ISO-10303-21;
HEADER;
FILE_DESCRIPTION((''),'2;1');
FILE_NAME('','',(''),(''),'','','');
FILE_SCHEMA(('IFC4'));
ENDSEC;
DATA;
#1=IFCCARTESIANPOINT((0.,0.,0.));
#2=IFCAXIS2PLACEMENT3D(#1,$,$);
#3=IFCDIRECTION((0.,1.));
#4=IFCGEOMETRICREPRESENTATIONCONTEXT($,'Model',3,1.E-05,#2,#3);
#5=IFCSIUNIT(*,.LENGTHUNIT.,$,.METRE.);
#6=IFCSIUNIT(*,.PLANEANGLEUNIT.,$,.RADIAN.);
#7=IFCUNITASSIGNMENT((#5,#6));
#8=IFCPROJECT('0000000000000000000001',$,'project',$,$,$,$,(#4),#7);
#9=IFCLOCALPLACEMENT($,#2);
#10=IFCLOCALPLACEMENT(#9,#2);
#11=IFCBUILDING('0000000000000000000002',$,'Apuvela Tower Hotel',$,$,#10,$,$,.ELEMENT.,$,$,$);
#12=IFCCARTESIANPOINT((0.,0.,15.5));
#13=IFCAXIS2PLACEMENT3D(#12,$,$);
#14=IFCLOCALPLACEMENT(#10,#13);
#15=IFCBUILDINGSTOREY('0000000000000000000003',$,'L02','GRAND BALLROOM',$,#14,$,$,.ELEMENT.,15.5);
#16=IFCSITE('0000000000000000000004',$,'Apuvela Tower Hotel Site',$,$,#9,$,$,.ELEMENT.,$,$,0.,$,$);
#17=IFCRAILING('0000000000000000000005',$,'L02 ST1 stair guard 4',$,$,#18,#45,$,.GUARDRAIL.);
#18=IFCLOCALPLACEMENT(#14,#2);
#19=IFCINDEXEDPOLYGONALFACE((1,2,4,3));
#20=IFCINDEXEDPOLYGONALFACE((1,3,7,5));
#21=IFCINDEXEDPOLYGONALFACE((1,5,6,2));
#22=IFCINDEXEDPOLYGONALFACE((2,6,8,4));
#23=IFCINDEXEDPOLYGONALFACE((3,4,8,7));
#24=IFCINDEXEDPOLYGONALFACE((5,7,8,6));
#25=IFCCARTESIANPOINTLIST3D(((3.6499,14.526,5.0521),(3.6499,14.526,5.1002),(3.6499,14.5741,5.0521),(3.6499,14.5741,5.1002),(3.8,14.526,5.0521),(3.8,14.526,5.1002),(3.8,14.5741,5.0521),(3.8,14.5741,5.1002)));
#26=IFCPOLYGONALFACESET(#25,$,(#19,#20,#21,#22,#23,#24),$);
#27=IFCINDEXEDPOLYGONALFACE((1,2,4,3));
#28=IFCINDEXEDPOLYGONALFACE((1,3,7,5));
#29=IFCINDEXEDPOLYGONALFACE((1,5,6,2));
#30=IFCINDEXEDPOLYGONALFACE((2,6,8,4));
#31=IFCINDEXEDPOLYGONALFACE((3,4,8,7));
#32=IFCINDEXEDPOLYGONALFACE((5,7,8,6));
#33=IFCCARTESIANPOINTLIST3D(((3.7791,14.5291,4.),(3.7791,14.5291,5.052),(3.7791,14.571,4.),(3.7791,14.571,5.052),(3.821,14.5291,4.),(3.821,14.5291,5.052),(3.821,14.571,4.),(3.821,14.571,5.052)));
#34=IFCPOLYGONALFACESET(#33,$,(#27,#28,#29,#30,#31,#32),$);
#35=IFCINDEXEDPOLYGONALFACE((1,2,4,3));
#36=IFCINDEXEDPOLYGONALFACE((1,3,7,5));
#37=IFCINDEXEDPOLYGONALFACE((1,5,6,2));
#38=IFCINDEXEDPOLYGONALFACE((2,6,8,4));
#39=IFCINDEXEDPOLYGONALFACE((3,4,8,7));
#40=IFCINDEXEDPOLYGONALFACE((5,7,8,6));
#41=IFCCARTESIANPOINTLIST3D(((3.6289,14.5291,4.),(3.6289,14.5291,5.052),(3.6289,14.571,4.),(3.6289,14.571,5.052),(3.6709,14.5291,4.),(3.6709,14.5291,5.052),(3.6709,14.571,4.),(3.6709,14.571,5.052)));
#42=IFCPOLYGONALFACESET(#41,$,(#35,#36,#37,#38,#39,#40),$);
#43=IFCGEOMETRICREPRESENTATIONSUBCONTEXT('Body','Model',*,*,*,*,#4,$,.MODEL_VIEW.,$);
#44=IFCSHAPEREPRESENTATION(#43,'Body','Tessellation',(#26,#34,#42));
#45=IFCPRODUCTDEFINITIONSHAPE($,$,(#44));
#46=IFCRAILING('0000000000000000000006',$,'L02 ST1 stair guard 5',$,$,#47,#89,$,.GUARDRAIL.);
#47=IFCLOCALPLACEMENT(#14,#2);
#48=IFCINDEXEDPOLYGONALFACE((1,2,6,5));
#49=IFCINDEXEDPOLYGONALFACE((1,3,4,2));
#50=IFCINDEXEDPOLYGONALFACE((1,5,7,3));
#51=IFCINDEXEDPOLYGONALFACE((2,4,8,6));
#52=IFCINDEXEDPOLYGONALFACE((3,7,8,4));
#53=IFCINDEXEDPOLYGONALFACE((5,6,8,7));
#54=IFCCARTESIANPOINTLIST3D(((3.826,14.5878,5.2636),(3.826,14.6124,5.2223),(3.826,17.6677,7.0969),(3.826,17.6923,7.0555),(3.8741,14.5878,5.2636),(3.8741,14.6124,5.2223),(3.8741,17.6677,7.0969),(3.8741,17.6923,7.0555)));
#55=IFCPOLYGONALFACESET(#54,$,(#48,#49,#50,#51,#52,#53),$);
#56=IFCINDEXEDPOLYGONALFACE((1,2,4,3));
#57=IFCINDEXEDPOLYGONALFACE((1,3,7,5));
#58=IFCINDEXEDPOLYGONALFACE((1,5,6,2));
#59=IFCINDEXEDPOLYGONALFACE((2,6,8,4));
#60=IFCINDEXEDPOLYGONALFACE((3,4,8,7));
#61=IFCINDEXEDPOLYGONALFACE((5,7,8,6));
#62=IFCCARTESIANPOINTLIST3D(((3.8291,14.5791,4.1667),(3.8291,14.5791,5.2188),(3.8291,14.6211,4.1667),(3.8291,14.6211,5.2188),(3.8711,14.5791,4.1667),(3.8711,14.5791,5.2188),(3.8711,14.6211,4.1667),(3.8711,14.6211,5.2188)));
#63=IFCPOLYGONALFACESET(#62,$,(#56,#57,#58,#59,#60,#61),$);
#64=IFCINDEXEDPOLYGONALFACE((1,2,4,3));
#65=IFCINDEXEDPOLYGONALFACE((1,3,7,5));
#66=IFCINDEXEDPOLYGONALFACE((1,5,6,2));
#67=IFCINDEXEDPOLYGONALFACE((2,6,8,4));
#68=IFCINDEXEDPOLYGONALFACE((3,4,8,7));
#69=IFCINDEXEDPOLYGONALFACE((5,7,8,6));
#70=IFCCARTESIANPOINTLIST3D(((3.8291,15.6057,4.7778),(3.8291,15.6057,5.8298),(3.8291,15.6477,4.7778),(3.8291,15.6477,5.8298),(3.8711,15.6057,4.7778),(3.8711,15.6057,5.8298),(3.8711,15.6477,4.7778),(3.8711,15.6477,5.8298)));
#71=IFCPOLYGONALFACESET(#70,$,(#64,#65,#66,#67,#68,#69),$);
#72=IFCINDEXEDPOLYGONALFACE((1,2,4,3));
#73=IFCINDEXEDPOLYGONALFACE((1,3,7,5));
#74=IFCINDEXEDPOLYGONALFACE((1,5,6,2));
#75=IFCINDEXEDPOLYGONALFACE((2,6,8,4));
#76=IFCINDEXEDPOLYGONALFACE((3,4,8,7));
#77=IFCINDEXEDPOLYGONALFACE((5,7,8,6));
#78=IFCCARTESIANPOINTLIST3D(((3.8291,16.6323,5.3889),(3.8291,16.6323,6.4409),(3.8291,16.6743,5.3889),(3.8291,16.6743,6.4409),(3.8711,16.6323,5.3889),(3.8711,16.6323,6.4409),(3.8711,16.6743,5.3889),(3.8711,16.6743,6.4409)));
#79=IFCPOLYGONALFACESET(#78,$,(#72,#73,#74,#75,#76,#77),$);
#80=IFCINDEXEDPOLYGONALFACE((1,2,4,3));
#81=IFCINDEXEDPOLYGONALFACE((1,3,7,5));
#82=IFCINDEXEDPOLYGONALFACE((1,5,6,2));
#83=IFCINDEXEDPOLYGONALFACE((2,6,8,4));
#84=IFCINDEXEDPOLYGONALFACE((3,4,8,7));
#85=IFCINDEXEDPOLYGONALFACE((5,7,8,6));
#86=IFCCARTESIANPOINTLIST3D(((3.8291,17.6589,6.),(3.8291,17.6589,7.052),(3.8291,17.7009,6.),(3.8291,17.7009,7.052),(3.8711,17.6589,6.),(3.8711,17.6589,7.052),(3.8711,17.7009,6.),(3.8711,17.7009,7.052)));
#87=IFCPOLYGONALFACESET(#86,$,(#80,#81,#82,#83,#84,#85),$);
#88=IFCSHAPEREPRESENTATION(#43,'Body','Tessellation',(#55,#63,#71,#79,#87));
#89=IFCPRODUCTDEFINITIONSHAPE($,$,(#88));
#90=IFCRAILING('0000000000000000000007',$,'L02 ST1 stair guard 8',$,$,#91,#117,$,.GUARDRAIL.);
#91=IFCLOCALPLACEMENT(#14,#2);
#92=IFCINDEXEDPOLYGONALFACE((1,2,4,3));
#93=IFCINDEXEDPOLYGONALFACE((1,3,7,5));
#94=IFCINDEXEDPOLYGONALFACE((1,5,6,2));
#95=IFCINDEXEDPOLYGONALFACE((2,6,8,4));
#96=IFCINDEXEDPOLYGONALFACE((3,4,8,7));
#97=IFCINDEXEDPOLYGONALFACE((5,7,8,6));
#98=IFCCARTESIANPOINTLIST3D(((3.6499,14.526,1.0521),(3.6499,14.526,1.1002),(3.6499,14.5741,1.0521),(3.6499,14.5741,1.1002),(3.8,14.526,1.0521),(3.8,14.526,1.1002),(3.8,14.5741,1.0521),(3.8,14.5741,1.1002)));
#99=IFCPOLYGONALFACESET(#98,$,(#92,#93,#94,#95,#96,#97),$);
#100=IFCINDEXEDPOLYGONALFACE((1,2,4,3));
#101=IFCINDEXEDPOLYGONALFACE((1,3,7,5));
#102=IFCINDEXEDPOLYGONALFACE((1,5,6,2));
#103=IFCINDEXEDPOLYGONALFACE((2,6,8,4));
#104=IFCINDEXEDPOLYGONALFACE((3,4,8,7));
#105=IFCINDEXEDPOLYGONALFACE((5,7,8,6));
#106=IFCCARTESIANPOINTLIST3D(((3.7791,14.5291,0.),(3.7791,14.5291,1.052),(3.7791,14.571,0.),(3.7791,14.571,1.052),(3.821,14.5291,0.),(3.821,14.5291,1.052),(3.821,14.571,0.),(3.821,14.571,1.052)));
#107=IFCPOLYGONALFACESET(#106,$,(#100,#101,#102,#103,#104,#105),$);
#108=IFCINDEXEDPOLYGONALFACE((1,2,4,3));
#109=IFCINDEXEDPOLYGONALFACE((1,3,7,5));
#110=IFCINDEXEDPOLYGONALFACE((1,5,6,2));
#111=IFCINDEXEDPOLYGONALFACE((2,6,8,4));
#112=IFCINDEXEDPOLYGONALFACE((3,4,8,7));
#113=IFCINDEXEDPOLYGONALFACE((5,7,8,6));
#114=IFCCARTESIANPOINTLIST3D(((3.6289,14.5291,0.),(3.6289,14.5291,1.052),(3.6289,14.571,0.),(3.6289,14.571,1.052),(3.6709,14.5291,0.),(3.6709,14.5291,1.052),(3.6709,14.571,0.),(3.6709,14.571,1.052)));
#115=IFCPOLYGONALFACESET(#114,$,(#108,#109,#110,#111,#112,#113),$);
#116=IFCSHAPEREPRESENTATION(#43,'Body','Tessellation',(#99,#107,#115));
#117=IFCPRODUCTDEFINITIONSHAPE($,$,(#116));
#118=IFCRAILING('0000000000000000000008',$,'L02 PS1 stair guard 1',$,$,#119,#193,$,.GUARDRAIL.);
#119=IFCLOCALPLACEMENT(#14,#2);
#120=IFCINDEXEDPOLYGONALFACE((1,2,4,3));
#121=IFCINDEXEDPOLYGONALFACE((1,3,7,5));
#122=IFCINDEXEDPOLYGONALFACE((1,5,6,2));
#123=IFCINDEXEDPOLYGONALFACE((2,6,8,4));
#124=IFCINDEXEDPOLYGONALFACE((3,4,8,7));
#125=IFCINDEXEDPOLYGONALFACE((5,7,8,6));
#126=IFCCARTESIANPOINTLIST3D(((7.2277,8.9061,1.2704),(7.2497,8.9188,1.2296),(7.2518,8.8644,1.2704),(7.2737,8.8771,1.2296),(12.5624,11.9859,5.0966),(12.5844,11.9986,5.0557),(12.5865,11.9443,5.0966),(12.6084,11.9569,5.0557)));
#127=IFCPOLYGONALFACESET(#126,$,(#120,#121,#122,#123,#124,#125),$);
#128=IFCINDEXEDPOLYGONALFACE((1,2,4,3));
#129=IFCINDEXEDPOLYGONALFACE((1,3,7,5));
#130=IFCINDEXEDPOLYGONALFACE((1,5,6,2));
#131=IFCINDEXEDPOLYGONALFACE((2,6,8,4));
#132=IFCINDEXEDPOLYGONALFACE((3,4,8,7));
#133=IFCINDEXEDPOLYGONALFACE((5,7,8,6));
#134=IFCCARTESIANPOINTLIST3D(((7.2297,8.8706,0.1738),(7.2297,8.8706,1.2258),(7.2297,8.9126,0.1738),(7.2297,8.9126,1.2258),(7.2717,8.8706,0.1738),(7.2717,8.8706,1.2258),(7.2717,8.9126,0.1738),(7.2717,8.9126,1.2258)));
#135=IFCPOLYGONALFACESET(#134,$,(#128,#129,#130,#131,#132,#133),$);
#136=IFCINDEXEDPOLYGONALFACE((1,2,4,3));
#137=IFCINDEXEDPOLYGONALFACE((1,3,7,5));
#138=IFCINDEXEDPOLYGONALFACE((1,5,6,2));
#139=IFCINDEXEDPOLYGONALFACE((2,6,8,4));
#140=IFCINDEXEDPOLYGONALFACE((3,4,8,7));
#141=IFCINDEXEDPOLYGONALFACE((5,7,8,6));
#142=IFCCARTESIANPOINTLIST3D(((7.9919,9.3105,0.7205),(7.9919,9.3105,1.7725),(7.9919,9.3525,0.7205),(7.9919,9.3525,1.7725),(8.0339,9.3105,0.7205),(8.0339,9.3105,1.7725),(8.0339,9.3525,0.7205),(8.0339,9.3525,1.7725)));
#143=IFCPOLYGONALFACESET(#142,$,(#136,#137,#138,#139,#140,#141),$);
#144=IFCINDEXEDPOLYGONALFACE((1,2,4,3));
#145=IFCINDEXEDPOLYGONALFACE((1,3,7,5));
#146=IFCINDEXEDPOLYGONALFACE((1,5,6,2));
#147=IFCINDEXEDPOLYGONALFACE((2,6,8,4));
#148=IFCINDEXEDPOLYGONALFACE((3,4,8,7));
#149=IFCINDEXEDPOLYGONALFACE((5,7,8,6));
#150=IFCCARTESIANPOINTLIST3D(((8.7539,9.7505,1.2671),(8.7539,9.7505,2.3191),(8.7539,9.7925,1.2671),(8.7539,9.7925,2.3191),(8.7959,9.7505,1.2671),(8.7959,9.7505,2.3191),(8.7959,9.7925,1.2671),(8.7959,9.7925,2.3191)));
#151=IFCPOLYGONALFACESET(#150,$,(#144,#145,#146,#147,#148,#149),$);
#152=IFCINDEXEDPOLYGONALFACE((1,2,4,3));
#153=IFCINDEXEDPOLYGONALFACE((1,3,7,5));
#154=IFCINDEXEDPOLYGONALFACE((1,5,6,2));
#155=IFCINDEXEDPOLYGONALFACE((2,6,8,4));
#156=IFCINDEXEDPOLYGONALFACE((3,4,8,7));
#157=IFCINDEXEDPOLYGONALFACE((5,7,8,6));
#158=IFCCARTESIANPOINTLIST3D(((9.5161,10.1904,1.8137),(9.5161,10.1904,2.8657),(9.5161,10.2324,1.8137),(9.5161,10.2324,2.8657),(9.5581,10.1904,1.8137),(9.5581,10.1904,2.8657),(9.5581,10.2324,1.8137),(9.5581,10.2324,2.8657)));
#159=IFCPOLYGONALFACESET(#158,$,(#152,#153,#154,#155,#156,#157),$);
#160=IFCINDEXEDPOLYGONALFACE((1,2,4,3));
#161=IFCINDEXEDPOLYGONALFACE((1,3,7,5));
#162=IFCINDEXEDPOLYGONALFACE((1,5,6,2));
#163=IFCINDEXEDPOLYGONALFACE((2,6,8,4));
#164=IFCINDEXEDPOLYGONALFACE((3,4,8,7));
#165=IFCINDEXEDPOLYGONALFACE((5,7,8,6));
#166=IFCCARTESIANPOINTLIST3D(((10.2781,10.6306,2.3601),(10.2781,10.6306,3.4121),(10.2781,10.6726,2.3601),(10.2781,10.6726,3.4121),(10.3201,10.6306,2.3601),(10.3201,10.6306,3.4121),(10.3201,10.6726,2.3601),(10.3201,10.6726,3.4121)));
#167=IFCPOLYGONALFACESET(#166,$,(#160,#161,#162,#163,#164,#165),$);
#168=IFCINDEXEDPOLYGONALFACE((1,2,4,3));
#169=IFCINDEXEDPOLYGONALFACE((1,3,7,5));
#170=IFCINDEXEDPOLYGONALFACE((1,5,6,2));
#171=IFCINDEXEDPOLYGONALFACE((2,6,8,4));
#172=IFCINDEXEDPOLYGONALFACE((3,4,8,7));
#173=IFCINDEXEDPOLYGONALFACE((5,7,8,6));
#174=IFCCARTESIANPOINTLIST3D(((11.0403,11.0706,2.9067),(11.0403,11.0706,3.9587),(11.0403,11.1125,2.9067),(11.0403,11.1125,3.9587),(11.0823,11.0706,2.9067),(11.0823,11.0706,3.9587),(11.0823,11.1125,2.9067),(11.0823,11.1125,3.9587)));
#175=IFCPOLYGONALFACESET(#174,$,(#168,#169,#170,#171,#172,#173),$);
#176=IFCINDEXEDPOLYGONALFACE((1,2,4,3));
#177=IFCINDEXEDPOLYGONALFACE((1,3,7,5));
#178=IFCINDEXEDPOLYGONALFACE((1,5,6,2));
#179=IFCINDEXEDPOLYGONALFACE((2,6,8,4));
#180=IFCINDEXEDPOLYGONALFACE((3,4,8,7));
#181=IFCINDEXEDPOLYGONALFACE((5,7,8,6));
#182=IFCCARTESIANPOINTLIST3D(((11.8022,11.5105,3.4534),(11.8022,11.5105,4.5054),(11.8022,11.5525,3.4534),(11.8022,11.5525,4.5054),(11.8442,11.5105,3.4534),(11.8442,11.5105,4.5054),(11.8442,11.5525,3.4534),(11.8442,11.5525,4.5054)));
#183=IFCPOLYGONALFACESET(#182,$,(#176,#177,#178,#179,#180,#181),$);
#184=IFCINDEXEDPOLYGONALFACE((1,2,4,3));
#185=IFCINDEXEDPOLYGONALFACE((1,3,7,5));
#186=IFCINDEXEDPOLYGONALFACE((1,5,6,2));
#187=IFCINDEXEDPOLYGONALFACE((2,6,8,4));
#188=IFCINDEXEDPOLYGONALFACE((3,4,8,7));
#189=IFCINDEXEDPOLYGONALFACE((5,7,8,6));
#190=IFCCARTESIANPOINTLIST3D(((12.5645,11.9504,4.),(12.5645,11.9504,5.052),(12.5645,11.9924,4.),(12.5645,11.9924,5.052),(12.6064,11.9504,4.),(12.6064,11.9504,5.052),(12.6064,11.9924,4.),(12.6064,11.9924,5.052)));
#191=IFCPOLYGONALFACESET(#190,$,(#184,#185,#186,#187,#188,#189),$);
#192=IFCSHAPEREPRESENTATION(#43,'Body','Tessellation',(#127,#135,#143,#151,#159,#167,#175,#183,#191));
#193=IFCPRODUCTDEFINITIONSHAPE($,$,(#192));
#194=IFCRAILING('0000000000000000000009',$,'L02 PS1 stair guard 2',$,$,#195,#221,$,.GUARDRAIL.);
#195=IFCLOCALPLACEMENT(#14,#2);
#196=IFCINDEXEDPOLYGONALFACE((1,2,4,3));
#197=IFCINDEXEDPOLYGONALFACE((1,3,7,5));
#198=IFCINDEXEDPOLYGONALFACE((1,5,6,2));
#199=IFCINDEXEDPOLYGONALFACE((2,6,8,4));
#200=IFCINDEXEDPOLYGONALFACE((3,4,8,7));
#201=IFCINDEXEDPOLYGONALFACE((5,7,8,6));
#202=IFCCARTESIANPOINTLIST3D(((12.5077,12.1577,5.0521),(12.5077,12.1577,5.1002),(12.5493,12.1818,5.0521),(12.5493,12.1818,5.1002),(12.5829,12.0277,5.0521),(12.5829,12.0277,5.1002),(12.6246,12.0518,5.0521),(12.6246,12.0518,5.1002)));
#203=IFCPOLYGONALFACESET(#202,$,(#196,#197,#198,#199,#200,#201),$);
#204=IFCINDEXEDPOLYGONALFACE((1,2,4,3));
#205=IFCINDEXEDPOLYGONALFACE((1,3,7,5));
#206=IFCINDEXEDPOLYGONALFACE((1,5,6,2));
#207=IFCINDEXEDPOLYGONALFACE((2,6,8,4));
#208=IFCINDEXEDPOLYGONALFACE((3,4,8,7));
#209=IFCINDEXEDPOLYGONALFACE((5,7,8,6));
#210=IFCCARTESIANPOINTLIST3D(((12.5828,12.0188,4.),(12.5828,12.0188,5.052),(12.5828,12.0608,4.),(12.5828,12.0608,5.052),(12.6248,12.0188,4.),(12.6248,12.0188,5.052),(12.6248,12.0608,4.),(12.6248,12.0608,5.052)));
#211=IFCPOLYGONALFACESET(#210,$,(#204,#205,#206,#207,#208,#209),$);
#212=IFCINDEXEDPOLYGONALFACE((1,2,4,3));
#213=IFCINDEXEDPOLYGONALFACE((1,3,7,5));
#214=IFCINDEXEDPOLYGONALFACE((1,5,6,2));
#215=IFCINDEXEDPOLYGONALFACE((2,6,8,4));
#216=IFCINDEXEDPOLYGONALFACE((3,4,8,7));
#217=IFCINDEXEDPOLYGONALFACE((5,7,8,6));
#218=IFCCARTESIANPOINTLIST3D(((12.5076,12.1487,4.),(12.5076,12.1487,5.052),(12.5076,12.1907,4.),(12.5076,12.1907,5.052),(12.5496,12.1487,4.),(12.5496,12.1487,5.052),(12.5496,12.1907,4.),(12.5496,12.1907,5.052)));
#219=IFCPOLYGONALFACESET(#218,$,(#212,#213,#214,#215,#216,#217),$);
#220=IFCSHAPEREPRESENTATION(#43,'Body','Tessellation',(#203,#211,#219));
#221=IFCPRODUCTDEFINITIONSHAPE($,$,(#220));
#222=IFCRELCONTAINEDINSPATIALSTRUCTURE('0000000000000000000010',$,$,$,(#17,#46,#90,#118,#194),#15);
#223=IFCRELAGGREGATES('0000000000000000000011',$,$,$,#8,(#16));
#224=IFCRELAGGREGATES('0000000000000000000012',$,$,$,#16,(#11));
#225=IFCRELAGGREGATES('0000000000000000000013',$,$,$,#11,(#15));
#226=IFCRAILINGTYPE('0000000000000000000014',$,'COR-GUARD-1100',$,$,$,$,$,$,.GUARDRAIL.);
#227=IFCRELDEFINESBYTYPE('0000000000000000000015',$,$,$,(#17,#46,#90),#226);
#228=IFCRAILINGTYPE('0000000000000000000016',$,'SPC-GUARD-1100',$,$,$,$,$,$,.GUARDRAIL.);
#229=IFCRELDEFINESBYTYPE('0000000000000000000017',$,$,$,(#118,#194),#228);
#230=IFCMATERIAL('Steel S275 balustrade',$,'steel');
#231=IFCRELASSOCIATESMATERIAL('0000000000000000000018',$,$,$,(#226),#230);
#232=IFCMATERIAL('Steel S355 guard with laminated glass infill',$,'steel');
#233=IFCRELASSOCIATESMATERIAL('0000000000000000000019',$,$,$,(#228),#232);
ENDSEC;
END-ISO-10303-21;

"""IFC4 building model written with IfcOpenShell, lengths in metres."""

from ifc_helpers import new_model, si_unit, direction, frame, origin, origin_2d, place, context, subcontext, project, spatial, rectangle, extrude, material, type_object, element, save


model = new_model("IFC4")

# Units and contexts
model_context = context("Model", 3, precision=1e-05, world=origin(), true_north=direction((0.0, 1.0)))
body_context = subcontext(model_context, "Body", "Model", "MODEL_VIEW")
ifc_project = project(units=[si_unit("LENGTHUNIT", "METRE"), si_unit("PLANEANGLEUNIT", "RADIAN")], contexts=[model_context])

# Site, building, storey
site_placement = place(None, origin())
site = spatial("IfcSite", under=ifc_project, at=site_placement, Name="Apuvela Tower Hotel Site", CompositionType="ELEMENT", RefElevation=0.0)
building_placement = place(site_placement, origin())
building = spatial("IfcBuilding", under=site, at=building_placement, Name="Apuvela Tower Hotel", CompositionType="ELEMENT")
storey_placement = place(building_placement, frame((0.0, 0.0, 15.5)))
storey = spatial("IfcBuildingStorey", under=building, at=storey_placement, Name="L02", Description="GRAND BALLROOM", CompositionType="ELEMENT", Elevation=15.5)

# Railings
ifc_material_1 = material(Name="Steel S275 balustrade", Category="steel")
railing_type_1 = type_object("IfcRailingType", Name="COR-GUARD-1100", PredefinedType="GUARDRAIL", material=ifc_material_1)
railing_1_placement = place(storey_placement, frame((3.8, 14.55, 4.0)))
element("IfcRailing", 1, at=railing_1_placement, inside=storey, type_object=railing_type_1, Name="L02 ST1 stair guard 4", PredefinedType="GUARDRAIL", context=body_context, shape_type="SweptSolid", body=[
    extrude(rectangle(XDim=0.0481, YDim=0.0481, at=origin_2d()), frame((0.0, 0.0, 1.0762), z_axis=(-1.0, 0.0, 0.0), x_axis=(0.0, -1.0, 0.0)), (0.0, 0.0, 1.0), 0.1501),
    extrude(rectangle(XDim=0.042, YDim=0.042, at=origin_2d()), origin(), (0.0, 0.0, 1.0), 1.052),
    extrude(rectangle(XDim=0.042, YDim=0.042, at=origin_2d()), frame((-0.1501, 0.0, 0.0)), (0.0, 0.0, 1.0), 1.052),
])
railing_2_placement = place(storey_placement, frame((3.8501, 14.6001, 4.1667)))
element("IfcRailing", 2, at=railing_2_placement, inside=storey, type_object=railing_type_1, Name="L02 ST1 stair guard 5", PredefinedType="GUARDRAIL", context=body_context, shape_type="SweptSolid", body=[
    extrude(rectangle(XDim=0.0481, YDim=0.0481, at=origin_2d()), frame((0.0, 0.0, 1.0762), z_axis=(0.0, 0.859291, 0.511487), x_axis=(-1.0, 0.0, 0.0)), (0.0, 0.0, 1.0), 3.5842),
    extrude(rectangle(XDim=0.042, YDim=0.042, at=origin_2d()), origin(), (0.0, 0.0, 1.0), 1.052),
    extrude(rectangle(XDim=0.042, YDim=0.042, at=origin_2d()), frame((0.0, 1.0266, 0.6111)), (0.0, 0.0, 1.0), 1.052),
    extrude(rectangle(XDim=0.042, YDim=0.042, at=origin_2d()), frame((0.0, 2.0532, 1.2222)), (0.0, 0.0, 1.0), 1.052),
    extrude(rectangle(XDim=0.042, YDim=0.042, at=origin_2d()), frame((0.0, 3.0798, 1.8333)), (0.0, 0.0, 1.0), 1.052),
])
railing_3_placement = place(storey_placement, frame((3.8, 14.55, 0.0)))
element("IfcRailing", 3, at=railing_3_placement, inside=storey, type_object=railing_type_1, Name="L02 ST1 stair guard 8", PredefinedType="GUARDRAIL", context=body_context, shape_type="SweptSolid", body=[
    extrude(rectangle(XDim=0.0481, YDim=0.0481, at=origin_2d()), frame((0.0, 0.0, 1.0762), z_axis=(-1.0, 0.0, 0.0), x_axis=(0.0, -1.0, 0.0)), (0.0, 0.0, 1.0), 0.1501),
    extrude(rectangle(XDim=0.042, YDim=0.042, at=origin_2d()), origin(), (0.0, 0.0, 1.0), 1.052),
    extrude(rectangle(XDim=0.042, YDim=0.042, at=origin_2d()), frame((-0.1501, 0.0, 0.0)), (0.0, 0.0, 1.0), 1.052),
])
ifc_material_2 = material(Name="Steel S355 guard with laminated glass infill", Category="steel")
railing_type_2 = type_object("IfcRailingType", Name="SPC-GUARD-1100", PredefinedType="GUARDRAIL", material=ifc_material_2)
railing_4_placement = place(storey_placement, frame((7.2507, 8.8916, 0.1738)))
element("IfcRailing", 4, at=railing_4_placement, inside=storey, type_object=railing_type_2, Name="L02 PS1 stair guard 1", PredefinedType="GUARDRAIL", context=body_context, shape_type="SweptSolid", body=[
    extrude(rectangle(XDim=0.0481, YDim=0.0481, at=origin_2d()), frame((0.0, 0.0, 1.0762), z_axis=(0.735671, 0.424717, 0.527639), x_axis=(-0.49998, 0.866037, 0.0)), (0.0, 0.0, 1.0), 7.2515),
    extrude(rectangle(XDim=0.042, YDim=0.042, at=origin_2d()), origin(), (0.0, 0.0, 1.0), 1.052),
    extrude(rectangle(XDim=0.042, YDim=0.042, at=origin_2d()), frame((0.7622, 0.4399, 0.5466)), (0.0, 0.0, 1.0), 1.052),
    extrude(rectangle(XDim=0.042, YDim=0.042, at=origin_2d()), frame((1.5242, 0.8799, 1.0933)), (0.0, 0.0, 1.0), 1.052),
    extrude(rectangle(XDim=0.042, YDim=0.042, at=origin_2d()), frame((2.2864, 1.3198, 1.6399)), (0.0, 0.0, 1.0), 1.052),
    extrude(rectangle(XDim=0.042, YDim=0.042, at=origin_2d()), frame((3.0483, 1.76, 2.1863)), (0.0, 0.0, 1.0), 1.052),
    extrude(rectangle(XDim=0.042, YDim=0.042, at=origin_2d()), frame((3.8105, 2.2, 2.7329)), (0.0, 0.0, 1.0), 1.052),
    extrude(rectangle(XDim=0.042, YDim=0.042, at=origin_2d()), frame((4.5725, 2.6399, 3.2795)), (0.0, 0.0, 1.0), 1.052),
    extrude(rectangle(XDim=0.042, YDim=0.042, at=origin_2d()), frame((5.3347, 3.0798, 3.8262)), (0.0, 0.0, 1.0), 1.052),
])
railing_5_placement = place(storey_placement, frame((12.6038, 12.0398, 4.0)))
element("IfcRailing", 5, at=railing_5_placement, inside=storey, type_object=railing_type_2, Name="L02 PS1 stair guard 2", PredefinedType="GUARDRAIL", context=body_context, shape_type="SweptSolid", body=[
    extrude(rectangle(XDim=0.0481, YDim=0.0481, at=origin_2d()), frame((0.0, 0.0, 1.0762), z_axis=(-0.501036, 0.865426, 0.0), x_axis=(-0.865426, -0.501036, 0.0)), (0.0, 0.0, 1.0), 0.1501),
    extrude(rectangle(XDim=0.042, YDim=0.042, at=origin_2d()), origin(), (0.0, 0.0, 1.0), 1.052),
    extrude(rectangle(XDim=0.042, YDim=0.042, at=origin_2d()), frame((-0.0752, 0.1299, 0.0)), (0.0, 0.0, 1.0), 1.052),
])

save(model, "model.ifc")
